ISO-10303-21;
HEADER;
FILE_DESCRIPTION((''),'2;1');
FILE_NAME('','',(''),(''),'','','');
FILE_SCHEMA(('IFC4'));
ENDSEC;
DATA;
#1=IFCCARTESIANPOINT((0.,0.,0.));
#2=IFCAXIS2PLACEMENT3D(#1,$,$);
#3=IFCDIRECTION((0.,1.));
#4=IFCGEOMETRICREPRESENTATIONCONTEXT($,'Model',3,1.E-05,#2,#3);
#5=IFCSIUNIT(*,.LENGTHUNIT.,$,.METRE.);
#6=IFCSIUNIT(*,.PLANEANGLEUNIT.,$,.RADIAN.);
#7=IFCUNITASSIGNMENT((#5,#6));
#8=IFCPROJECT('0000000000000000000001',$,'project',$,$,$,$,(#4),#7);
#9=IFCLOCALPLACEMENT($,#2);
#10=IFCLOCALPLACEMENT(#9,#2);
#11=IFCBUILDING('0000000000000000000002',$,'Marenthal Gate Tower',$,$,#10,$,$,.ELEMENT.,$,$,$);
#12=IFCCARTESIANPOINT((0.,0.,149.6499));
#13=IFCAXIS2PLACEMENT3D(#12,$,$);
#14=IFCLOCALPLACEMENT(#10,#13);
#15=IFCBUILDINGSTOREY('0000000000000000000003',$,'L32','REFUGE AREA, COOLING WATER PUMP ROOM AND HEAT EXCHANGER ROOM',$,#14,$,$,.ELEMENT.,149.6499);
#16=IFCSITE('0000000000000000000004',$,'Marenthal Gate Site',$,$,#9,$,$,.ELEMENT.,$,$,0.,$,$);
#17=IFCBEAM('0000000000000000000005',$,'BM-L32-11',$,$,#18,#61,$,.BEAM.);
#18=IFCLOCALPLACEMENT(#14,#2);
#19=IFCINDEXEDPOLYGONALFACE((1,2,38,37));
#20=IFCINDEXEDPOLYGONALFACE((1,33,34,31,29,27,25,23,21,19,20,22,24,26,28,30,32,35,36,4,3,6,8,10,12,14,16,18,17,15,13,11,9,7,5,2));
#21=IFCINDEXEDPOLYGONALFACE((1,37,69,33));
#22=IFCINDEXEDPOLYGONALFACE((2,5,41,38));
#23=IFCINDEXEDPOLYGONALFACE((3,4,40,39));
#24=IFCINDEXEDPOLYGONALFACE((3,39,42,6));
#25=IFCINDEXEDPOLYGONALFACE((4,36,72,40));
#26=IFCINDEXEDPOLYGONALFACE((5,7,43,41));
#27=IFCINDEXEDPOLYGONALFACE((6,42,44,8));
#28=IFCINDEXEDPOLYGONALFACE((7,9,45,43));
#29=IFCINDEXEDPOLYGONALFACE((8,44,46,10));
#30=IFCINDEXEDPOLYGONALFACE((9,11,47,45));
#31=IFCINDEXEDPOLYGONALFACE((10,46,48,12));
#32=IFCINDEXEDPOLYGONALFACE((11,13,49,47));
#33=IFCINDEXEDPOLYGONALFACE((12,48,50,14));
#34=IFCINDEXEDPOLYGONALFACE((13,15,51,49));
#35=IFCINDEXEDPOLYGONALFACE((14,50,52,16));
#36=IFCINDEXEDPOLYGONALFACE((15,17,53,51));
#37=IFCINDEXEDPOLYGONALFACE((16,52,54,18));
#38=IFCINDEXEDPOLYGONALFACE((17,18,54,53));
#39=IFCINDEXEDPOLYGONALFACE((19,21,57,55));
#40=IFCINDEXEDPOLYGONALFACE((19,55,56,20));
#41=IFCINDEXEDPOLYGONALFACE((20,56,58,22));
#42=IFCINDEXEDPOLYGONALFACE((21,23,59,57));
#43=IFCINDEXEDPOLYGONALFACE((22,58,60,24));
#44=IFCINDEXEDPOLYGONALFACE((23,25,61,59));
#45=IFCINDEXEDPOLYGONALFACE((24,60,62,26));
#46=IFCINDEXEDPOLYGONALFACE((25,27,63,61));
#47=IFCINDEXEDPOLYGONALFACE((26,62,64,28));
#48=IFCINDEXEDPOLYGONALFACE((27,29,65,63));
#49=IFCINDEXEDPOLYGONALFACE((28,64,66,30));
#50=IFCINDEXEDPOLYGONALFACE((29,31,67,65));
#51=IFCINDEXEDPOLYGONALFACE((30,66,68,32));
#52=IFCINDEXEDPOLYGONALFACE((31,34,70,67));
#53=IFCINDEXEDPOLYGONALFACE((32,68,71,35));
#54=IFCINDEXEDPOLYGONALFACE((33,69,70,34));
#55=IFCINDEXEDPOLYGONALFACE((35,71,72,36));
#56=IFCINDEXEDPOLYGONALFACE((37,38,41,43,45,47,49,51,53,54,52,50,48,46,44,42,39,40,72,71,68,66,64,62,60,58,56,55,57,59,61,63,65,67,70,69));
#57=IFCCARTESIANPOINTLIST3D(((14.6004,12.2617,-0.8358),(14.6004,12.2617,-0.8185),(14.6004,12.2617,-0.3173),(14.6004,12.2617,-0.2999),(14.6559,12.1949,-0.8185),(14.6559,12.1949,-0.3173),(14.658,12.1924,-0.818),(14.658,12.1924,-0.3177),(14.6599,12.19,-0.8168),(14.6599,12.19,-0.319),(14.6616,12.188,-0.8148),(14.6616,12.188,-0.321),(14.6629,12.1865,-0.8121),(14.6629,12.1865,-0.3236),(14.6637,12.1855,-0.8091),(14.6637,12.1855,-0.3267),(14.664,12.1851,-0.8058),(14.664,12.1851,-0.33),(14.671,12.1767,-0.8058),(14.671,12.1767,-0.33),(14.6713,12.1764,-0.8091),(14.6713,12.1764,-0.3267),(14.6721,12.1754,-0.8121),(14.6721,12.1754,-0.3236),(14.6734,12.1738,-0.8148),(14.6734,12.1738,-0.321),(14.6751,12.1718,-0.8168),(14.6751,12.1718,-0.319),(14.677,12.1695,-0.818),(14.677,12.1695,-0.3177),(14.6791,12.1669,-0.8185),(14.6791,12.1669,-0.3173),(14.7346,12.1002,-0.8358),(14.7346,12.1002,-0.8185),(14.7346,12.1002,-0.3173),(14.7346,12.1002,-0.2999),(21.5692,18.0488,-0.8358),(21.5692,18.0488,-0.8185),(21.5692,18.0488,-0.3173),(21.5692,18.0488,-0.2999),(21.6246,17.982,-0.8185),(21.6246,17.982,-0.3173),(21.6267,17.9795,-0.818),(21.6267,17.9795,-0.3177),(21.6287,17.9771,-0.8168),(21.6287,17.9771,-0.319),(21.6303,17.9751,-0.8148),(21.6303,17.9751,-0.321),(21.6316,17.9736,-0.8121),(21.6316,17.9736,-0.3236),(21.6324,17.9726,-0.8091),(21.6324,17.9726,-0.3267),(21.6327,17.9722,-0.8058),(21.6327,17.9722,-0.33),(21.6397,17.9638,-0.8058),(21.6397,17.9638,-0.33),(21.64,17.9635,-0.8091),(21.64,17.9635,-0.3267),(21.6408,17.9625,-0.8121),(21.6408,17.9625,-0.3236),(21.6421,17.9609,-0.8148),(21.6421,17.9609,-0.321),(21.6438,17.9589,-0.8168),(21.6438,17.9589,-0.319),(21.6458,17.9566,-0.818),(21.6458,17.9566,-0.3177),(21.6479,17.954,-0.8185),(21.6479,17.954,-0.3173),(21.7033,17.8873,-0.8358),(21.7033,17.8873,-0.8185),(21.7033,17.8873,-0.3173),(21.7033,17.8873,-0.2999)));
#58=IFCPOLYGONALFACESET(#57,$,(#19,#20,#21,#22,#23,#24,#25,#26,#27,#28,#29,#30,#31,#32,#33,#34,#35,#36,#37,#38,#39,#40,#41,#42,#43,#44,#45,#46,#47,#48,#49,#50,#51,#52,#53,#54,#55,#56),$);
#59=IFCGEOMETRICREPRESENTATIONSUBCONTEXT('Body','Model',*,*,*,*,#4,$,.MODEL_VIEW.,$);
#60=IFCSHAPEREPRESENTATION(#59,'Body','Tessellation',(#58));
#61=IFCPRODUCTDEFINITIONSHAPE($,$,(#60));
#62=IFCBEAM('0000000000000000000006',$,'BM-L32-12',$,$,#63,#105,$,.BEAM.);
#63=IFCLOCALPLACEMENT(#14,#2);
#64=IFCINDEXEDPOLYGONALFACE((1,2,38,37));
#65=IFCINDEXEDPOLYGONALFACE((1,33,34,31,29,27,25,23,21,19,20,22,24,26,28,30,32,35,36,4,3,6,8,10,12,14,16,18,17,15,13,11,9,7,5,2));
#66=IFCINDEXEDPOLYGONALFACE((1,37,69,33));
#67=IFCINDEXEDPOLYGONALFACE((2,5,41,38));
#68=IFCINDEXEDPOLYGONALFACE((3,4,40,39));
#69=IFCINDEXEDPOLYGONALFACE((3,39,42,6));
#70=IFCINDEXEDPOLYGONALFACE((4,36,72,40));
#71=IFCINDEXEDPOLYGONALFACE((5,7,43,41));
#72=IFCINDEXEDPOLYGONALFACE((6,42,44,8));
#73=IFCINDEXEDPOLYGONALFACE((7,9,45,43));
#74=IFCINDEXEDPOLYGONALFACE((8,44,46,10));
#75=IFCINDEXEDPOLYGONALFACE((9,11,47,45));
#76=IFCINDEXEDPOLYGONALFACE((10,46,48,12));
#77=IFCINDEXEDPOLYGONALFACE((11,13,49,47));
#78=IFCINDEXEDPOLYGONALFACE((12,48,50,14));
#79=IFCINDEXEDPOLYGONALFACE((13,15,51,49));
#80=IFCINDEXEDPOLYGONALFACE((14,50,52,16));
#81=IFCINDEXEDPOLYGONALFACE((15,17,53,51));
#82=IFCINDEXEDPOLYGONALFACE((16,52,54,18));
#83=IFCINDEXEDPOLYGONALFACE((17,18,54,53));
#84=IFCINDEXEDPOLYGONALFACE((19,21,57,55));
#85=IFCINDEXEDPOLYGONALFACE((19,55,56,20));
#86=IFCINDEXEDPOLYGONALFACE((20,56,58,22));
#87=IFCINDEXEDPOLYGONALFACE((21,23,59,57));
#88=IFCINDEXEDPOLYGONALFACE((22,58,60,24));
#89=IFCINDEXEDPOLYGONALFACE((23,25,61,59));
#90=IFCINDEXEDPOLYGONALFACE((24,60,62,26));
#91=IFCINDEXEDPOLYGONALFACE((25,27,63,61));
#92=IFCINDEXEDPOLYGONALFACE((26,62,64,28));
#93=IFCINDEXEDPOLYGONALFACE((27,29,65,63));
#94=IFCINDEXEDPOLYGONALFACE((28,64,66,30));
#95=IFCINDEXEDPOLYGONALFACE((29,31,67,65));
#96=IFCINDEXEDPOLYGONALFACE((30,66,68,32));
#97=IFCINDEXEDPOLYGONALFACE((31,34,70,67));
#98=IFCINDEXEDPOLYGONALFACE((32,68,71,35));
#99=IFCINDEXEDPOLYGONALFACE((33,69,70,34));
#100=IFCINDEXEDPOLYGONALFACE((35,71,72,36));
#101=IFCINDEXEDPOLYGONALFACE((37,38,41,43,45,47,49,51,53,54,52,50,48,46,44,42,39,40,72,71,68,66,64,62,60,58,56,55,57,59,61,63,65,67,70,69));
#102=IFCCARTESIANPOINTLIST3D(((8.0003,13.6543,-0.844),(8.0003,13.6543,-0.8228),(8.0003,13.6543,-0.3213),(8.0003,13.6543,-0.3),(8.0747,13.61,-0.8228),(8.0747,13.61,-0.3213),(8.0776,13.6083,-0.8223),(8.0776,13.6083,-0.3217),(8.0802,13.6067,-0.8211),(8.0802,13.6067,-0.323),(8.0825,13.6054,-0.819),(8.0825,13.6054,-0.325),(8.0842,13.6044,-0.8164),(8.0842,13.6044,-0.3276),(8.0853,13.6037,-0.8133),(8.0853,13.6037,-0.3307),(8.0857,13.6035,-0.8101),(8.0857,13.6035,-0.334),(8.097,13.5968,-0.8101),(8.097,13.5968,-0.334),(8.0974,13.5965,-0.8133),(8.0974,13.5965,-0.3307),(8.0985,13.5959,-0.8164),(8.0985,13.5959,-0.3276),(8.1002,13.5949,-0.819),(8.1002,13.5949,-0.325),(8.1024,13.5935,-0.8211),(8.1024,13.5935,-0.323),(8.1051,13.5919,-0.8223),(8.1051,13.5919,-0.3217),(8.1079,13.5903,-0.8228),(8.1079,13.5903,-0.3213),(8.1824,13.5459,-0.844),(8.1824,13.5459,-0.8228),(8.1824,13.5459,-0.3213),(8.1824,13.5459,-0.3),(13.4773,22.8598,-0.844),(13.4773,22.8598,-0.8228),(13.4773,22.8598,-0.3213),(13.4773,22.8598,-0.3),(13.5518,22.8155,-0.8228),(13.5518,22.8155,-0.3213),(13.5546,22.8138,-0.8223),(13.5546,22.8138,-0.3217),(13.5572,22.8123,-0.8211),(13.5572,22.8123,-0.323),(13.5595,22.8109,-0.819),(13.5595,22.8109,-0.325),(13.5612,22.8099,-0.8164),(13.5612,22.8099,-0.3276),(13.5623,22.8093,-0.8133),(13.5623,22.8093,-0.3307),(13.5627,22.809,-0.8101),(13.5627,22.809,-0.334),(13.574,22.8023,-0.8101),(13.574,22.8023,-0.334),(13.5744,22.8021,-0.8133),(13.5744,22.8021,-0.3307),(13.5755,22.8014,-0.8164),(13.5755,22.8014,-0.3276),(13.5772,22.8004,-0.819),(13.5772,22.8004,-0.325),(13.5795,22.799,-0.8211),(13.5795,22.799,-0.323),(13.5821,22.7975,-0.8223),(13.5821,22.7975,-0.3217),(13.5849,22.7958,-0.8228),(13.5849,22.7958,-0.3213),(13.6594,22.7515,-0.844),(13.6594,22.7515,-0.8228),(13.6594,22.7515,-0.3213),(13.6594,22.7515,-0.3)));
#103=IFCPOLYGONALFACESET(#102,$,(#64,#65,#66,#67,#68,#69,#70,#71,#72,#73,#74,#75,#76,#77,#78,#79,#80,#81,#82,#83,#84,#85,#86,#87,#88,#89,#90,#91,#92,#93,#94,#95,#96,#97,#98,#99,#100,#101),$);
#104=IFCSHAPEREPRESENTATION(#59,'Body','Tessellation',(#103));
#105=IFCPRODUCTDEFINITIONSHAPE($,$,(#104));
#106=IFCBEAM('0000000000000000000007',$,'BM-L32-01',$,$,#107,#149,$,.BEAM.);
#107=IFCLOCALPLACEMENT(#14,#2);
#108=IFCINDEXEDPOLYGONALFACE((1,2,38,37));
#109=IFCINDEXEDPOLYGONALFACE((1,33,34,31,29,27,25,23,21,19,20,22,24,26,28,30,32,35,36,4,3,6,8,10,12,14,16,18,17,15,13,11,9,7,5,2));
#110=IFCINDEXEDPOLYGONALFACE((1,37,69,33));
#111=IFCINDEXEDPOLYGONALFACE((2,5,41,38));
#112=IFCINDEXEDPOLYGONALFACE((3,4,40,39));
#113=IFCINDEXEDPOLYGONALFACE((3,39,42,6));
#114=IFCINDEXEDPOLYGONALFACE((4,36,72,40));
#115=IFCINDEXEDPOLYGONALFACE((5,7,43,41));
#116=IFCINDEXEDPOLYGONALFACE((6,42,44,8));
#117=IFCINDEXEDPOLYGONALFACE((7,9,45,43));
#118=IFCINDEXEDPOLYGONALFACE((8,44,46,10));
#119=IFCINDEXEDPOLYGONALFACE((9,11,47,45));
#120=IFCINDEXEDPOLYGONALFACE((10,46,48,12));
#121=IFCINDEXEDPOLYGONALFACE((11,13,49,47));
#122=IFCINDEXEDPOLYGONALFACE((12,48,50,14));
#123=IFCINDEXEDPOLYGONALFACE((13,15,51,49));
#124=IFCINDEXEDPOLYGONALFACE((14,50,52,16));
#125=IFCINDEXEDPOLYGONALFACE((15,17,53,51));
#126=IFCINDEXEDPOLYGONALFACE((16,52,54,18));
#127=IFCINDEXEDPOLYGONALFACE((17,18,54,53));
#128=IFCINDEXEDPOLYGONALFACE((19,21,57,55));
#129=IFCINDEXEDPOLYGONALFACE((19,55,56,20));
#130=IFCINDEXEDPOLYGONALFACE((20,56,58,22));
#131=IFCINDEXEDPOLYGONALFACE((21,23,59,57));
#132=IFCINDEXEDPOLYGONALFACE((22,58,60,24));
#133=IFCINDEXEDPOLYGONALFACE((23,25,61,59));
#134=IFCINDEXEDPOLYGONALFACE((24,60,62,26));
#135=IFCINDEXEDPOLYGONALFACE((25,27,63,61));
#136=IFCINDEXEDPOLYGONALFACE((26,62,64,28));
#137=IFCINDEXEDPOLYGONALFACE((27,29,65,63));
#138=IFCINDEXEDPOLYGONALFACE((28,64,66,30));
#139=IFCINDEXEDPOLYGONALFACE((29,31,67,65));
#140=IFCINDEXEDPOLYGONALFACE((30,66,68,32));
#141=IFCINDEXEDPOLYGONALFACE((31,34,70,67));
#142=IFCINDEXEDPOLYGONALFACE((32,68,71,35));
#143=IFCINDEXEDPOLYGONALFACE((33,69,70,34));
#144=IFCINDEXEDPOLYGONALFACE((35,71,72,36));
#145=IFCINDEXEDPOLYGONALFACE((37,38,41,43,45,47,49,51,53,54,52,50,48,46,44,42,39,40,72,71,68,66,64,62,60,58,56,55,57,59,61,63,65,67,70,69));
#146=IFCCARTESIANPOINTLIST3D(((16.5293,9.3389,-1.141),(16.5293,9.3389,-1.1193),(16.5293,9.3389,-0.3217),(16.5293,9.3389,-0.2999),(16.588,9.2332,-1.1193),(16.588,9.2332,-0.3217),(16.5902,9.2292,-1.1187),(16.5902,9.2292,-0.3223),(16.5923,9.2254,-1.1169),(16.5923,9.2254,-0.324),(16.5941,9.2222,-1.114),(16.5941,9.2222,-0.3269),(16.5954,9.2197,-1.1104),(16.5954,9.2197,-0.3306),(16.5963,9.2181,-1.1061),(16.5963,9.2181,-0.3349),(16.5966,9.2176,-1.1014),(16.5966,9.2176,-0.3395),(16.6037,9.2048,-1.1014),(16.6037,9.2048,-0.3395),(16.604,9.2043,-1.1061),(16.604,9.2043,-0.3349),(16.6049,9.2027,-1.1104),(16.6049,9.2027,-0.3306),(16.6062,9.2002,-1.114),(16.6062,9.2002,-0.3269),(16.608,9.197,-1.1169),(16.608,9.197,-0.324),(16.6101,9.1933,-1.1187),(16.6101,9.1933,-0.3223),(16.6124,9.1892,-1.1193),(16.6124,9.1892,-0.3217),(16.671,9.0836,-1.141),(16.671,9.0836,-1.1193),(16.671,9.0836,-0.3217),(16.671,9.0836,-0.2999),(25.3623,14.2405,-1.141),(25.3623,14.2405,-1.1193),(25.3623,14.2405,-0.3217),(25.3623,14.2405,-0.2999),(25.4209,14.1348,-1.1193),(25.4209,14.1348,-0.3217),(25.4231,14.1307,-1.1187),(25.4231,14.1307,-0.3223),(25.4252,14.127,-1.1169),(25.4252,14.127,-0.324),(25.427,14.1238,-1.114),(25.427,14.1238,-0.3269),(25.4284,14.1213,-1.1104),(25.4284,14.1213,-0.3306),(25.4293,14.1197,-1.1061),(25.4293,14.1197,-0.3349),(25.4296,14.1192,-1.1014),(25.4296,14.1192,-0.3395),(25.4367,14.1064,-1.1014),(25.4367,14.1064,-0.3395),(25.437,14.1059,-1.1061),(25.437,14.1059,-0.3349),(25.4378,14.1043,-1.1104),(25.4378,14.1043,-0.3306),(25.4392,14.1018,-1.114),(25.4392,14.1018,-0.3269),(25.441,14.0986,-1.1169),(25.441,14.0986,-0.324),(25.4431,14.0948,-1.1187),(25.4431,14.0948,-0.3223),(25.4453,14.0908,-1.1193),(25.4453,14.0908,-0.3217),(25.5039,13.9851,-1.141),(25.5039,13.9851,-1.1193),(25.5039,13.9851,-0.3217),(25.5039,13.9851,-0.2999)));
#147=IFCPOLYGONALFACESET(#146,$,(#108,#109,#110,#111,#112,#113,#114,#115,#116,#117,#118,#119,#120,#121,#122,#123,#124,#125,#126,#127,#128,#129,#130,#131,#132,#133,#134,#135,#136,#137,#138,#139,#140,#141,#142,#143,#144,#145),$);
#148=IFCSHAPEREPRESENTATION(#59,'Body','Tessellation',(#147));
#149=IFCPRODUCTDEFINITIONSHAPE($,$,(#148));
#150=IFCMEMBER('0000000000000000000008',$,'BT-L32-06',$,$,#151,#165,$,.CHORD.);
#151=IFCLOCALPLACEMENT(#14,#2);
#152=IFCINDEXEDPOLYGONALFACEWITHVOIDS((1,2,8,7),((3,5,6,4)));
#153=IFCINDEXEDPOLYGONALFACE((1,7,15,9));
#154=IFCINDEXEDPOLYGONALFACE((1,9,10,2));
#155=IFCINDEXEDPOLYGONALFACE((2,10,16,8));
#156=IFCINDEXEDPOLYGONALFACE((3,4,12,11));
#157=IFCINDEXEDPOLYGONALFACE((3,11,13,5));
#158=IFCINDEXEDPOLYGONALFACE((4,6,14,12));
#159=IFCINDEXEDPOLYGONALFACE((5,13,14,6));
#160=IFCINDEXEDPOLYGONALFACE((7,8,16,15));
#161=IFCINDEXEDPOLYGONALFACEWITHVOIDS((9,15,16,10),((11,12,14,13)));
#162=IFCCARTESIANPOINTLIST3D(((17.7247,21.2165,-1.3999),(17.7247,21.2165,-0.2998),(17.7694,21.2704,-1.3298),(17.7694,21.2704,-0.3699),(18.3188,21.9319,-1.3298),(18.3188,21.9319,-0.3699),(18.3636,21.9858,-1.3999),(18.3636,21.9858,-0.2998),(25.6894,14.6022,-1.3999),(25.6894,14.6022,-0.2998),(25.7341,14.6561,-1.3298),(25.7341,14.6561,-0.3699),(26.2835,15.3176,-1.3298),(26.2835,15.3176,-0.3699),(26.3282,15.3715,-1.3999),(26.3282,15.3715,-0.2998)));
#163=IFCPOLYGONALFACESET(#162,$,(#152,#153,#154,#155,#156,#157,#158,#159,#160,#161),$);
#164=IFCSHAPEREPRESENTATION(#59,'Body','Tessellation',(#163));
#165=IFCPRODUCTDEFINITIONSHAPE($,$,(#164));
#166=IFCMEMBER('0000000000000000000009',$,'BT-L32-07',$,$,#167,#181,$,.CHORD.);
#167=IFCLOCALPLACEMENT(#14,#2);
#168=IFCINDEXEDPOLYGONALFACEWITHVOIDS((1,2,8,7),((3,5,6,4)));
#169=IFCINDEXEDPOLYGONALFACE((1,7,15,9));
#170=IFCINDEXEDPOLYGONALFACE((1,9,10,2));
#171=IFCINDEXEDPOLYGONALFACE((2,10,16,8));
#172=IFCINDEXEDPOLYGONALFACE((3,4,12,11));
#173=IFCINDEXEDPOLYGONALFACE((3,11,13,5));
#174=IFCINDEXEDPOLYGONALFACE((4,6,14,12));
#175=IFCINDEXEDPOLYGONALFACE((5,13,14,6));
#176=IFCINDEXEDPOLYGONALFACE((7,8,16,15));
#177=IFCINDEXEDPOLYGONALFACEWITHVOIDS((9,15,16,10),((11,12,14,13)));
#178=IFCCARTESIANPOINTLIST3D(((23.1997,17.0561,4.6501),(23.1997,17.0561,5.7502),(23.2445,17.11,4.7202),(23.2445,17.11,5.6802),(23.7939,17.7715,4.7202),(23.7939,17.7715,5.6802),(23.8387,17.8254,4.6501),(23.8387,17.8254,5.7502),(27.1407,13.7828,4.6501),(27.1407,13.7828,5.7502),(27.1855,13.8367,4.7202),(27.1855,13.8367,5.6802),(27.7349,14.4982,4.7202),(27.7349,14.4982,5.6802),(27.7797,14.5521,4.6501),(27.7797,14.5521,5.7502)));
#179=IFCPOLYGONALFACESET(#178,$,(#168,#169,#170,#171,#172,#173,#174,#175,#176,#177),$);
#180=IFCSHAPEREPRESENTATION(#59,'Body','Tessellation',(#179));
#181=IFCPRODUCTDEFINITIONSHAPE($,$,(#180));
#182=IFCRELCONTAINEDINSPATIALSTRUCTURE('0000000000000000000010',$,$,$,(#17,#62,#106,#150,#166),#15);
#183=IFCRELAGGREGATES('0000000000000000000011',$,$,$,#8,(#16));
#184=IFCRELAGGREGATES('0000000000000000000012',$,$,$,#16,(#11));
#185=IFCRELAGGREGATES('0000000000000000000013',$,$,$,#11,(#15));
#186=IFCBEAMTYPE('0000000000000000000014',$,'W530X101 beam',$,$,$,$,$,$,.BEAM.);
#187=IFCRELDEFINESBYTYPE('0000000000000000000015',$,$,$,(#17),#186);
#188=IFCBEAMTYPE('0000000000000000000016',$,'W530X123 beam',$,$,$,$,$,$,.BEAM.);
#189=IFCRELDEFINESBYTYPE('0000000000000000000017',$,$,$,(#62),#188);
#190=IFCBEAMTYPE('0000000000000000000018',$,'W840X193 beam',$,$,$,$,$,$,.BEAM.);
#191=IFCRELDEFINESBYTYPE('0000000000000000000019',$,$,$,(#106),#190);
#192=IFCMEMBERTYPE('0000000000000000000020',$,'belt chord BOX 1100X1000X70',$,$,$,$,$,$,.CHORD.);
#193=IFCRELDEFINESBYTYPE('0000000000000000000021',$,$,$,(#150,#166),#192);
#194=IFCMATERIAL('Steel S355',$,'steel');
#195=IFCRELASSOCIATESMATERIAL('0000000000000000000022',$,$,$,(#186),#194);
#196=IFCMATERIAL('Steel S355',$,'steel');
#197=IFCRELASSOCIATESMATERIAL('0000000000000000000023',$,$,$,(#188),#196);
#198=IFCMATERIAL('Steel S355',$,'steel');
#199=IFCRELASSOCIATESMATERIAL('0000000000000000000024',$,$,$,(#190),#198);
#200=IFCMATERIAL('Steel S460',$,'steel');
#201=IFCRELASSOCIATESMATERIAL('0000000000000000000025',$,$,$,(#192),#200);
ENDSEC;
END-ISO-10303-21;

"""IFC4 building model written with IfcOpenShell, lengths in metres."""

from ifc_helpers import new_model, si_unit, direction, frame, origin, origin_2d, place, context, subcontext, project, spatial, hollow_rectangle, i_section, extrude, material, material_profile, profile_set, type_object, element, save


model = new_model("IFC4")

# Units and contexts
model_context = context("Model", 3, precision=1e-05, world=origin(), true_north=direction((0.0, 1.0)))
body_context = subcontext(model_context, "Body", "Model", "MODEL_VIEW")
ifc_project = project(units=[si_unit("LENGTHUNIT", "METRE"), si_unit("PLANEANGLEUNIT", "RADIAN")], contexts=[model_context])

# Site, building, storey
site_placement = place(None, origin())
site = spatial("IfcSite", under=ifc_project, at=site_placement, Name="Marenthal Gate Site", CompositionType="ELEMENT", RefElevation=0.0)
building_placement = place(site_placement, origin())
building = spatial("IfcBuilding", under=site, at=building_placement, Name="Marenthal Gate Tower", CompositionType="ELEMENT")
storey_placement = place(building_placement, frame((0.0, 0.0, 149.6499)))
storey = spatial("IfcBuildingStorey", under=building, at=storey_placement, Name="L32", Description="REFUGE AREA, COOLING WATER PUMP ROOM AND HEAT EXCHANGER ROOM", CompositionType="ELEMENT", Elevation=149.6499)

# Beams
ifc_material_1 = material(Name="Steel S355", Category="steel")
ifc_material_profile_1 = material_profile(ifc_material_1, i_section(OverallWidth=0.21, OverallDepth=0.5359, WebThickness=0.011, FlangeThickness=0.0173, FilletRadius=0.0127, at=origin_2d()), Name="W530X101")
ifc_profile_set_1 = profile_set([ifc_material_profile_1], Name="Steel S355")
beam_type_1 = type_object("IfcBeamType", Name="W530X101 beam", PredefinedType="BEAM", material=ifc_profile_set_1)
beam_1_placement = place(storey_placement, frame((21.6362, 17.968, -0.5679), z_axis=(-0.769316, -0.638869, 0.0), x_axis=(0.638869, -0.769316, 0.0)))
element("IfcBeam", 1, at=beam_1_placement, inside=storey, type_object=beam_type_1, Name="BM-L32-11", PredefinedType="BEAM", context=body_context, shape_type="SweptSolid", body=[
    extrude(i_section(OverallWidth=0.21, OverallDepth=0.5359, WebThickness=0.011, FlangeThickness=0.0173, FilletRadius=0.0127, at=origin_2d()), origin(), (0.0, 0.0, 1.0), 9.0583),
])
ifc_material_2 = material(Name="Steel S355", Category="steel")
ifc_material_profile_2 = material_profile(ifc_material_2, i_section(OverallWidth=0.2119, OverallDepth=0.5439, WebThickness=0.0132, FlangeThickness=0.0212, FilletRadius=0.0127, at=origin_2d()), Name="W530X123")
ifc_profile_set_2 = profile_set([ifc_material_profile_2], Name="Steel S355")
beam_type_2 = type_object("IfcBeamType", Name="W530X123 beam", PredefinedType="BEAM", material=ifc_profile_set_2)
beam_2_placement = place(storey_placement, frame((13.5684, 22.8057, -0.572), z_axis=(-0.511315, -0.859394, 0.0), x_axis=(0.859394, -0.511315, 0.0)))
element("IfcBeam", 2, at=beam_2_placement, inside=storey, type_object=beam_type_2, Name="BM-L32-12", PredefinedType="BEAM", context=body_context, shape_type="SweptSolid", body=[
    extrude(i_section(OverallWidth=0.2119, OverallDepth=0.5439, WebThickness=0.0132, FlangeThickness=0.0212, FilletRadius=0.0127, at=origin_2d()), origin(), (0.0, 0.0, 1.0), 10.7117),
])
ifc_material_3 = material(Name="Steel S355", Category="steel")
ifc_material_profile_3 = material_profile(ifc_material_3, i_section(OverallWidth=0.292, OverallDepth=0.8411, WebThickness=0.0146, FlangeThickness=0.0217, FilletRadius=0.0178, at=origin_2d()), Name="W840X193")
ifc_profile_set_3 = profile_set([ifc_material_profile_3], Name="Steel S355")
beam_type_3 = type_object("IfcBeamType", Name="W840X193 beam", PredefinedType="BEAM", material=ifc_profile_set_3)
beam_3_placement = place(storey_placement, frame((25.4331, 14.1128, -0.7205), z_axis=(-0.874393, -0.485218, 0.0), x_axis=(0.485218, -0.874393, 0.0)))
element("IfcBeam", 3, at=beam_3_placement, inside=storey, type_object=beam_type_3, Name="BM-L32-01", PredefinedType="BEAM", context=body_context, shape_type="SweptSolid", body=[
    extrude(i_section(OverallWidth=0.292, OverallDepth=0.8411, WebThickness=0.0146, FlangeThickness=0.0217, FilletRadius=0.0178, at=origin_2d()), origin(), (0.0, 0.0, 1.0), 10.1018),
])

# Members
ifc_material_4 = material(Name="Steel S460", Category="steel")
ifc_material_profile_4 = material_profile(ifc_material_4, hollow_rectangle(XDim=1.0, YDim=1.1001, WallThickness=0.0701, at=origin_2d()), Name="BOX 1100X1000X70")
ifc_profile_set_4 = profile_set([ifc_material_profile_4], Name="Steel S460")
member_type_1 = type_object("IfcMemberType", Name="belt chord BOX 1100X1000X70", PredefinedType="CHORD", material=ifc_profile_set_4)
member_1_placement = place(storey_placement, frame((26.0088, 14.9868, -0.8499), z_axis=(-0.769308, 0.638878, 0.0), x_axis=(-0.638878, -0.769308, 0.0)))
element("IfcMember", 4, at=member_1_placement, inside=storey, type_object=member_type_1, Name="BT-L32-06", PredefinedType="CHORD", context=body_context, shape_type="SweptSolid", body=[
    extrude(hollow_rectangle(XDim=1.0, YDim=1.1001, WallThickness=0.0701, at=origin_2d()), origin(), (0.0, 0.0, 1.0), 10.353),
])
member_2_placement = place(storey_placement, frame((27.4602, 14.1675, 5.2002), z_axis=(-0.769267, 0.638927, 0.0), x_axis=(-0.638927, -0.769267, 0.0)))
element("IfcMember", 5, at=member_2_placement, inside=storey, type_object=member_type_1, Name="BT-L32-07", PredefinedType="CHORD", context=body_context, shape_type="SweptSolid", body=[
    extrude(hollow_rectangle(XDim=1.0, YDim=1.1001, WallThickness=0.0701, at=origin_2d()), origin(), (0.0, 0.0, 1.0), 5.123),
])

save(model, "model.ifc")
